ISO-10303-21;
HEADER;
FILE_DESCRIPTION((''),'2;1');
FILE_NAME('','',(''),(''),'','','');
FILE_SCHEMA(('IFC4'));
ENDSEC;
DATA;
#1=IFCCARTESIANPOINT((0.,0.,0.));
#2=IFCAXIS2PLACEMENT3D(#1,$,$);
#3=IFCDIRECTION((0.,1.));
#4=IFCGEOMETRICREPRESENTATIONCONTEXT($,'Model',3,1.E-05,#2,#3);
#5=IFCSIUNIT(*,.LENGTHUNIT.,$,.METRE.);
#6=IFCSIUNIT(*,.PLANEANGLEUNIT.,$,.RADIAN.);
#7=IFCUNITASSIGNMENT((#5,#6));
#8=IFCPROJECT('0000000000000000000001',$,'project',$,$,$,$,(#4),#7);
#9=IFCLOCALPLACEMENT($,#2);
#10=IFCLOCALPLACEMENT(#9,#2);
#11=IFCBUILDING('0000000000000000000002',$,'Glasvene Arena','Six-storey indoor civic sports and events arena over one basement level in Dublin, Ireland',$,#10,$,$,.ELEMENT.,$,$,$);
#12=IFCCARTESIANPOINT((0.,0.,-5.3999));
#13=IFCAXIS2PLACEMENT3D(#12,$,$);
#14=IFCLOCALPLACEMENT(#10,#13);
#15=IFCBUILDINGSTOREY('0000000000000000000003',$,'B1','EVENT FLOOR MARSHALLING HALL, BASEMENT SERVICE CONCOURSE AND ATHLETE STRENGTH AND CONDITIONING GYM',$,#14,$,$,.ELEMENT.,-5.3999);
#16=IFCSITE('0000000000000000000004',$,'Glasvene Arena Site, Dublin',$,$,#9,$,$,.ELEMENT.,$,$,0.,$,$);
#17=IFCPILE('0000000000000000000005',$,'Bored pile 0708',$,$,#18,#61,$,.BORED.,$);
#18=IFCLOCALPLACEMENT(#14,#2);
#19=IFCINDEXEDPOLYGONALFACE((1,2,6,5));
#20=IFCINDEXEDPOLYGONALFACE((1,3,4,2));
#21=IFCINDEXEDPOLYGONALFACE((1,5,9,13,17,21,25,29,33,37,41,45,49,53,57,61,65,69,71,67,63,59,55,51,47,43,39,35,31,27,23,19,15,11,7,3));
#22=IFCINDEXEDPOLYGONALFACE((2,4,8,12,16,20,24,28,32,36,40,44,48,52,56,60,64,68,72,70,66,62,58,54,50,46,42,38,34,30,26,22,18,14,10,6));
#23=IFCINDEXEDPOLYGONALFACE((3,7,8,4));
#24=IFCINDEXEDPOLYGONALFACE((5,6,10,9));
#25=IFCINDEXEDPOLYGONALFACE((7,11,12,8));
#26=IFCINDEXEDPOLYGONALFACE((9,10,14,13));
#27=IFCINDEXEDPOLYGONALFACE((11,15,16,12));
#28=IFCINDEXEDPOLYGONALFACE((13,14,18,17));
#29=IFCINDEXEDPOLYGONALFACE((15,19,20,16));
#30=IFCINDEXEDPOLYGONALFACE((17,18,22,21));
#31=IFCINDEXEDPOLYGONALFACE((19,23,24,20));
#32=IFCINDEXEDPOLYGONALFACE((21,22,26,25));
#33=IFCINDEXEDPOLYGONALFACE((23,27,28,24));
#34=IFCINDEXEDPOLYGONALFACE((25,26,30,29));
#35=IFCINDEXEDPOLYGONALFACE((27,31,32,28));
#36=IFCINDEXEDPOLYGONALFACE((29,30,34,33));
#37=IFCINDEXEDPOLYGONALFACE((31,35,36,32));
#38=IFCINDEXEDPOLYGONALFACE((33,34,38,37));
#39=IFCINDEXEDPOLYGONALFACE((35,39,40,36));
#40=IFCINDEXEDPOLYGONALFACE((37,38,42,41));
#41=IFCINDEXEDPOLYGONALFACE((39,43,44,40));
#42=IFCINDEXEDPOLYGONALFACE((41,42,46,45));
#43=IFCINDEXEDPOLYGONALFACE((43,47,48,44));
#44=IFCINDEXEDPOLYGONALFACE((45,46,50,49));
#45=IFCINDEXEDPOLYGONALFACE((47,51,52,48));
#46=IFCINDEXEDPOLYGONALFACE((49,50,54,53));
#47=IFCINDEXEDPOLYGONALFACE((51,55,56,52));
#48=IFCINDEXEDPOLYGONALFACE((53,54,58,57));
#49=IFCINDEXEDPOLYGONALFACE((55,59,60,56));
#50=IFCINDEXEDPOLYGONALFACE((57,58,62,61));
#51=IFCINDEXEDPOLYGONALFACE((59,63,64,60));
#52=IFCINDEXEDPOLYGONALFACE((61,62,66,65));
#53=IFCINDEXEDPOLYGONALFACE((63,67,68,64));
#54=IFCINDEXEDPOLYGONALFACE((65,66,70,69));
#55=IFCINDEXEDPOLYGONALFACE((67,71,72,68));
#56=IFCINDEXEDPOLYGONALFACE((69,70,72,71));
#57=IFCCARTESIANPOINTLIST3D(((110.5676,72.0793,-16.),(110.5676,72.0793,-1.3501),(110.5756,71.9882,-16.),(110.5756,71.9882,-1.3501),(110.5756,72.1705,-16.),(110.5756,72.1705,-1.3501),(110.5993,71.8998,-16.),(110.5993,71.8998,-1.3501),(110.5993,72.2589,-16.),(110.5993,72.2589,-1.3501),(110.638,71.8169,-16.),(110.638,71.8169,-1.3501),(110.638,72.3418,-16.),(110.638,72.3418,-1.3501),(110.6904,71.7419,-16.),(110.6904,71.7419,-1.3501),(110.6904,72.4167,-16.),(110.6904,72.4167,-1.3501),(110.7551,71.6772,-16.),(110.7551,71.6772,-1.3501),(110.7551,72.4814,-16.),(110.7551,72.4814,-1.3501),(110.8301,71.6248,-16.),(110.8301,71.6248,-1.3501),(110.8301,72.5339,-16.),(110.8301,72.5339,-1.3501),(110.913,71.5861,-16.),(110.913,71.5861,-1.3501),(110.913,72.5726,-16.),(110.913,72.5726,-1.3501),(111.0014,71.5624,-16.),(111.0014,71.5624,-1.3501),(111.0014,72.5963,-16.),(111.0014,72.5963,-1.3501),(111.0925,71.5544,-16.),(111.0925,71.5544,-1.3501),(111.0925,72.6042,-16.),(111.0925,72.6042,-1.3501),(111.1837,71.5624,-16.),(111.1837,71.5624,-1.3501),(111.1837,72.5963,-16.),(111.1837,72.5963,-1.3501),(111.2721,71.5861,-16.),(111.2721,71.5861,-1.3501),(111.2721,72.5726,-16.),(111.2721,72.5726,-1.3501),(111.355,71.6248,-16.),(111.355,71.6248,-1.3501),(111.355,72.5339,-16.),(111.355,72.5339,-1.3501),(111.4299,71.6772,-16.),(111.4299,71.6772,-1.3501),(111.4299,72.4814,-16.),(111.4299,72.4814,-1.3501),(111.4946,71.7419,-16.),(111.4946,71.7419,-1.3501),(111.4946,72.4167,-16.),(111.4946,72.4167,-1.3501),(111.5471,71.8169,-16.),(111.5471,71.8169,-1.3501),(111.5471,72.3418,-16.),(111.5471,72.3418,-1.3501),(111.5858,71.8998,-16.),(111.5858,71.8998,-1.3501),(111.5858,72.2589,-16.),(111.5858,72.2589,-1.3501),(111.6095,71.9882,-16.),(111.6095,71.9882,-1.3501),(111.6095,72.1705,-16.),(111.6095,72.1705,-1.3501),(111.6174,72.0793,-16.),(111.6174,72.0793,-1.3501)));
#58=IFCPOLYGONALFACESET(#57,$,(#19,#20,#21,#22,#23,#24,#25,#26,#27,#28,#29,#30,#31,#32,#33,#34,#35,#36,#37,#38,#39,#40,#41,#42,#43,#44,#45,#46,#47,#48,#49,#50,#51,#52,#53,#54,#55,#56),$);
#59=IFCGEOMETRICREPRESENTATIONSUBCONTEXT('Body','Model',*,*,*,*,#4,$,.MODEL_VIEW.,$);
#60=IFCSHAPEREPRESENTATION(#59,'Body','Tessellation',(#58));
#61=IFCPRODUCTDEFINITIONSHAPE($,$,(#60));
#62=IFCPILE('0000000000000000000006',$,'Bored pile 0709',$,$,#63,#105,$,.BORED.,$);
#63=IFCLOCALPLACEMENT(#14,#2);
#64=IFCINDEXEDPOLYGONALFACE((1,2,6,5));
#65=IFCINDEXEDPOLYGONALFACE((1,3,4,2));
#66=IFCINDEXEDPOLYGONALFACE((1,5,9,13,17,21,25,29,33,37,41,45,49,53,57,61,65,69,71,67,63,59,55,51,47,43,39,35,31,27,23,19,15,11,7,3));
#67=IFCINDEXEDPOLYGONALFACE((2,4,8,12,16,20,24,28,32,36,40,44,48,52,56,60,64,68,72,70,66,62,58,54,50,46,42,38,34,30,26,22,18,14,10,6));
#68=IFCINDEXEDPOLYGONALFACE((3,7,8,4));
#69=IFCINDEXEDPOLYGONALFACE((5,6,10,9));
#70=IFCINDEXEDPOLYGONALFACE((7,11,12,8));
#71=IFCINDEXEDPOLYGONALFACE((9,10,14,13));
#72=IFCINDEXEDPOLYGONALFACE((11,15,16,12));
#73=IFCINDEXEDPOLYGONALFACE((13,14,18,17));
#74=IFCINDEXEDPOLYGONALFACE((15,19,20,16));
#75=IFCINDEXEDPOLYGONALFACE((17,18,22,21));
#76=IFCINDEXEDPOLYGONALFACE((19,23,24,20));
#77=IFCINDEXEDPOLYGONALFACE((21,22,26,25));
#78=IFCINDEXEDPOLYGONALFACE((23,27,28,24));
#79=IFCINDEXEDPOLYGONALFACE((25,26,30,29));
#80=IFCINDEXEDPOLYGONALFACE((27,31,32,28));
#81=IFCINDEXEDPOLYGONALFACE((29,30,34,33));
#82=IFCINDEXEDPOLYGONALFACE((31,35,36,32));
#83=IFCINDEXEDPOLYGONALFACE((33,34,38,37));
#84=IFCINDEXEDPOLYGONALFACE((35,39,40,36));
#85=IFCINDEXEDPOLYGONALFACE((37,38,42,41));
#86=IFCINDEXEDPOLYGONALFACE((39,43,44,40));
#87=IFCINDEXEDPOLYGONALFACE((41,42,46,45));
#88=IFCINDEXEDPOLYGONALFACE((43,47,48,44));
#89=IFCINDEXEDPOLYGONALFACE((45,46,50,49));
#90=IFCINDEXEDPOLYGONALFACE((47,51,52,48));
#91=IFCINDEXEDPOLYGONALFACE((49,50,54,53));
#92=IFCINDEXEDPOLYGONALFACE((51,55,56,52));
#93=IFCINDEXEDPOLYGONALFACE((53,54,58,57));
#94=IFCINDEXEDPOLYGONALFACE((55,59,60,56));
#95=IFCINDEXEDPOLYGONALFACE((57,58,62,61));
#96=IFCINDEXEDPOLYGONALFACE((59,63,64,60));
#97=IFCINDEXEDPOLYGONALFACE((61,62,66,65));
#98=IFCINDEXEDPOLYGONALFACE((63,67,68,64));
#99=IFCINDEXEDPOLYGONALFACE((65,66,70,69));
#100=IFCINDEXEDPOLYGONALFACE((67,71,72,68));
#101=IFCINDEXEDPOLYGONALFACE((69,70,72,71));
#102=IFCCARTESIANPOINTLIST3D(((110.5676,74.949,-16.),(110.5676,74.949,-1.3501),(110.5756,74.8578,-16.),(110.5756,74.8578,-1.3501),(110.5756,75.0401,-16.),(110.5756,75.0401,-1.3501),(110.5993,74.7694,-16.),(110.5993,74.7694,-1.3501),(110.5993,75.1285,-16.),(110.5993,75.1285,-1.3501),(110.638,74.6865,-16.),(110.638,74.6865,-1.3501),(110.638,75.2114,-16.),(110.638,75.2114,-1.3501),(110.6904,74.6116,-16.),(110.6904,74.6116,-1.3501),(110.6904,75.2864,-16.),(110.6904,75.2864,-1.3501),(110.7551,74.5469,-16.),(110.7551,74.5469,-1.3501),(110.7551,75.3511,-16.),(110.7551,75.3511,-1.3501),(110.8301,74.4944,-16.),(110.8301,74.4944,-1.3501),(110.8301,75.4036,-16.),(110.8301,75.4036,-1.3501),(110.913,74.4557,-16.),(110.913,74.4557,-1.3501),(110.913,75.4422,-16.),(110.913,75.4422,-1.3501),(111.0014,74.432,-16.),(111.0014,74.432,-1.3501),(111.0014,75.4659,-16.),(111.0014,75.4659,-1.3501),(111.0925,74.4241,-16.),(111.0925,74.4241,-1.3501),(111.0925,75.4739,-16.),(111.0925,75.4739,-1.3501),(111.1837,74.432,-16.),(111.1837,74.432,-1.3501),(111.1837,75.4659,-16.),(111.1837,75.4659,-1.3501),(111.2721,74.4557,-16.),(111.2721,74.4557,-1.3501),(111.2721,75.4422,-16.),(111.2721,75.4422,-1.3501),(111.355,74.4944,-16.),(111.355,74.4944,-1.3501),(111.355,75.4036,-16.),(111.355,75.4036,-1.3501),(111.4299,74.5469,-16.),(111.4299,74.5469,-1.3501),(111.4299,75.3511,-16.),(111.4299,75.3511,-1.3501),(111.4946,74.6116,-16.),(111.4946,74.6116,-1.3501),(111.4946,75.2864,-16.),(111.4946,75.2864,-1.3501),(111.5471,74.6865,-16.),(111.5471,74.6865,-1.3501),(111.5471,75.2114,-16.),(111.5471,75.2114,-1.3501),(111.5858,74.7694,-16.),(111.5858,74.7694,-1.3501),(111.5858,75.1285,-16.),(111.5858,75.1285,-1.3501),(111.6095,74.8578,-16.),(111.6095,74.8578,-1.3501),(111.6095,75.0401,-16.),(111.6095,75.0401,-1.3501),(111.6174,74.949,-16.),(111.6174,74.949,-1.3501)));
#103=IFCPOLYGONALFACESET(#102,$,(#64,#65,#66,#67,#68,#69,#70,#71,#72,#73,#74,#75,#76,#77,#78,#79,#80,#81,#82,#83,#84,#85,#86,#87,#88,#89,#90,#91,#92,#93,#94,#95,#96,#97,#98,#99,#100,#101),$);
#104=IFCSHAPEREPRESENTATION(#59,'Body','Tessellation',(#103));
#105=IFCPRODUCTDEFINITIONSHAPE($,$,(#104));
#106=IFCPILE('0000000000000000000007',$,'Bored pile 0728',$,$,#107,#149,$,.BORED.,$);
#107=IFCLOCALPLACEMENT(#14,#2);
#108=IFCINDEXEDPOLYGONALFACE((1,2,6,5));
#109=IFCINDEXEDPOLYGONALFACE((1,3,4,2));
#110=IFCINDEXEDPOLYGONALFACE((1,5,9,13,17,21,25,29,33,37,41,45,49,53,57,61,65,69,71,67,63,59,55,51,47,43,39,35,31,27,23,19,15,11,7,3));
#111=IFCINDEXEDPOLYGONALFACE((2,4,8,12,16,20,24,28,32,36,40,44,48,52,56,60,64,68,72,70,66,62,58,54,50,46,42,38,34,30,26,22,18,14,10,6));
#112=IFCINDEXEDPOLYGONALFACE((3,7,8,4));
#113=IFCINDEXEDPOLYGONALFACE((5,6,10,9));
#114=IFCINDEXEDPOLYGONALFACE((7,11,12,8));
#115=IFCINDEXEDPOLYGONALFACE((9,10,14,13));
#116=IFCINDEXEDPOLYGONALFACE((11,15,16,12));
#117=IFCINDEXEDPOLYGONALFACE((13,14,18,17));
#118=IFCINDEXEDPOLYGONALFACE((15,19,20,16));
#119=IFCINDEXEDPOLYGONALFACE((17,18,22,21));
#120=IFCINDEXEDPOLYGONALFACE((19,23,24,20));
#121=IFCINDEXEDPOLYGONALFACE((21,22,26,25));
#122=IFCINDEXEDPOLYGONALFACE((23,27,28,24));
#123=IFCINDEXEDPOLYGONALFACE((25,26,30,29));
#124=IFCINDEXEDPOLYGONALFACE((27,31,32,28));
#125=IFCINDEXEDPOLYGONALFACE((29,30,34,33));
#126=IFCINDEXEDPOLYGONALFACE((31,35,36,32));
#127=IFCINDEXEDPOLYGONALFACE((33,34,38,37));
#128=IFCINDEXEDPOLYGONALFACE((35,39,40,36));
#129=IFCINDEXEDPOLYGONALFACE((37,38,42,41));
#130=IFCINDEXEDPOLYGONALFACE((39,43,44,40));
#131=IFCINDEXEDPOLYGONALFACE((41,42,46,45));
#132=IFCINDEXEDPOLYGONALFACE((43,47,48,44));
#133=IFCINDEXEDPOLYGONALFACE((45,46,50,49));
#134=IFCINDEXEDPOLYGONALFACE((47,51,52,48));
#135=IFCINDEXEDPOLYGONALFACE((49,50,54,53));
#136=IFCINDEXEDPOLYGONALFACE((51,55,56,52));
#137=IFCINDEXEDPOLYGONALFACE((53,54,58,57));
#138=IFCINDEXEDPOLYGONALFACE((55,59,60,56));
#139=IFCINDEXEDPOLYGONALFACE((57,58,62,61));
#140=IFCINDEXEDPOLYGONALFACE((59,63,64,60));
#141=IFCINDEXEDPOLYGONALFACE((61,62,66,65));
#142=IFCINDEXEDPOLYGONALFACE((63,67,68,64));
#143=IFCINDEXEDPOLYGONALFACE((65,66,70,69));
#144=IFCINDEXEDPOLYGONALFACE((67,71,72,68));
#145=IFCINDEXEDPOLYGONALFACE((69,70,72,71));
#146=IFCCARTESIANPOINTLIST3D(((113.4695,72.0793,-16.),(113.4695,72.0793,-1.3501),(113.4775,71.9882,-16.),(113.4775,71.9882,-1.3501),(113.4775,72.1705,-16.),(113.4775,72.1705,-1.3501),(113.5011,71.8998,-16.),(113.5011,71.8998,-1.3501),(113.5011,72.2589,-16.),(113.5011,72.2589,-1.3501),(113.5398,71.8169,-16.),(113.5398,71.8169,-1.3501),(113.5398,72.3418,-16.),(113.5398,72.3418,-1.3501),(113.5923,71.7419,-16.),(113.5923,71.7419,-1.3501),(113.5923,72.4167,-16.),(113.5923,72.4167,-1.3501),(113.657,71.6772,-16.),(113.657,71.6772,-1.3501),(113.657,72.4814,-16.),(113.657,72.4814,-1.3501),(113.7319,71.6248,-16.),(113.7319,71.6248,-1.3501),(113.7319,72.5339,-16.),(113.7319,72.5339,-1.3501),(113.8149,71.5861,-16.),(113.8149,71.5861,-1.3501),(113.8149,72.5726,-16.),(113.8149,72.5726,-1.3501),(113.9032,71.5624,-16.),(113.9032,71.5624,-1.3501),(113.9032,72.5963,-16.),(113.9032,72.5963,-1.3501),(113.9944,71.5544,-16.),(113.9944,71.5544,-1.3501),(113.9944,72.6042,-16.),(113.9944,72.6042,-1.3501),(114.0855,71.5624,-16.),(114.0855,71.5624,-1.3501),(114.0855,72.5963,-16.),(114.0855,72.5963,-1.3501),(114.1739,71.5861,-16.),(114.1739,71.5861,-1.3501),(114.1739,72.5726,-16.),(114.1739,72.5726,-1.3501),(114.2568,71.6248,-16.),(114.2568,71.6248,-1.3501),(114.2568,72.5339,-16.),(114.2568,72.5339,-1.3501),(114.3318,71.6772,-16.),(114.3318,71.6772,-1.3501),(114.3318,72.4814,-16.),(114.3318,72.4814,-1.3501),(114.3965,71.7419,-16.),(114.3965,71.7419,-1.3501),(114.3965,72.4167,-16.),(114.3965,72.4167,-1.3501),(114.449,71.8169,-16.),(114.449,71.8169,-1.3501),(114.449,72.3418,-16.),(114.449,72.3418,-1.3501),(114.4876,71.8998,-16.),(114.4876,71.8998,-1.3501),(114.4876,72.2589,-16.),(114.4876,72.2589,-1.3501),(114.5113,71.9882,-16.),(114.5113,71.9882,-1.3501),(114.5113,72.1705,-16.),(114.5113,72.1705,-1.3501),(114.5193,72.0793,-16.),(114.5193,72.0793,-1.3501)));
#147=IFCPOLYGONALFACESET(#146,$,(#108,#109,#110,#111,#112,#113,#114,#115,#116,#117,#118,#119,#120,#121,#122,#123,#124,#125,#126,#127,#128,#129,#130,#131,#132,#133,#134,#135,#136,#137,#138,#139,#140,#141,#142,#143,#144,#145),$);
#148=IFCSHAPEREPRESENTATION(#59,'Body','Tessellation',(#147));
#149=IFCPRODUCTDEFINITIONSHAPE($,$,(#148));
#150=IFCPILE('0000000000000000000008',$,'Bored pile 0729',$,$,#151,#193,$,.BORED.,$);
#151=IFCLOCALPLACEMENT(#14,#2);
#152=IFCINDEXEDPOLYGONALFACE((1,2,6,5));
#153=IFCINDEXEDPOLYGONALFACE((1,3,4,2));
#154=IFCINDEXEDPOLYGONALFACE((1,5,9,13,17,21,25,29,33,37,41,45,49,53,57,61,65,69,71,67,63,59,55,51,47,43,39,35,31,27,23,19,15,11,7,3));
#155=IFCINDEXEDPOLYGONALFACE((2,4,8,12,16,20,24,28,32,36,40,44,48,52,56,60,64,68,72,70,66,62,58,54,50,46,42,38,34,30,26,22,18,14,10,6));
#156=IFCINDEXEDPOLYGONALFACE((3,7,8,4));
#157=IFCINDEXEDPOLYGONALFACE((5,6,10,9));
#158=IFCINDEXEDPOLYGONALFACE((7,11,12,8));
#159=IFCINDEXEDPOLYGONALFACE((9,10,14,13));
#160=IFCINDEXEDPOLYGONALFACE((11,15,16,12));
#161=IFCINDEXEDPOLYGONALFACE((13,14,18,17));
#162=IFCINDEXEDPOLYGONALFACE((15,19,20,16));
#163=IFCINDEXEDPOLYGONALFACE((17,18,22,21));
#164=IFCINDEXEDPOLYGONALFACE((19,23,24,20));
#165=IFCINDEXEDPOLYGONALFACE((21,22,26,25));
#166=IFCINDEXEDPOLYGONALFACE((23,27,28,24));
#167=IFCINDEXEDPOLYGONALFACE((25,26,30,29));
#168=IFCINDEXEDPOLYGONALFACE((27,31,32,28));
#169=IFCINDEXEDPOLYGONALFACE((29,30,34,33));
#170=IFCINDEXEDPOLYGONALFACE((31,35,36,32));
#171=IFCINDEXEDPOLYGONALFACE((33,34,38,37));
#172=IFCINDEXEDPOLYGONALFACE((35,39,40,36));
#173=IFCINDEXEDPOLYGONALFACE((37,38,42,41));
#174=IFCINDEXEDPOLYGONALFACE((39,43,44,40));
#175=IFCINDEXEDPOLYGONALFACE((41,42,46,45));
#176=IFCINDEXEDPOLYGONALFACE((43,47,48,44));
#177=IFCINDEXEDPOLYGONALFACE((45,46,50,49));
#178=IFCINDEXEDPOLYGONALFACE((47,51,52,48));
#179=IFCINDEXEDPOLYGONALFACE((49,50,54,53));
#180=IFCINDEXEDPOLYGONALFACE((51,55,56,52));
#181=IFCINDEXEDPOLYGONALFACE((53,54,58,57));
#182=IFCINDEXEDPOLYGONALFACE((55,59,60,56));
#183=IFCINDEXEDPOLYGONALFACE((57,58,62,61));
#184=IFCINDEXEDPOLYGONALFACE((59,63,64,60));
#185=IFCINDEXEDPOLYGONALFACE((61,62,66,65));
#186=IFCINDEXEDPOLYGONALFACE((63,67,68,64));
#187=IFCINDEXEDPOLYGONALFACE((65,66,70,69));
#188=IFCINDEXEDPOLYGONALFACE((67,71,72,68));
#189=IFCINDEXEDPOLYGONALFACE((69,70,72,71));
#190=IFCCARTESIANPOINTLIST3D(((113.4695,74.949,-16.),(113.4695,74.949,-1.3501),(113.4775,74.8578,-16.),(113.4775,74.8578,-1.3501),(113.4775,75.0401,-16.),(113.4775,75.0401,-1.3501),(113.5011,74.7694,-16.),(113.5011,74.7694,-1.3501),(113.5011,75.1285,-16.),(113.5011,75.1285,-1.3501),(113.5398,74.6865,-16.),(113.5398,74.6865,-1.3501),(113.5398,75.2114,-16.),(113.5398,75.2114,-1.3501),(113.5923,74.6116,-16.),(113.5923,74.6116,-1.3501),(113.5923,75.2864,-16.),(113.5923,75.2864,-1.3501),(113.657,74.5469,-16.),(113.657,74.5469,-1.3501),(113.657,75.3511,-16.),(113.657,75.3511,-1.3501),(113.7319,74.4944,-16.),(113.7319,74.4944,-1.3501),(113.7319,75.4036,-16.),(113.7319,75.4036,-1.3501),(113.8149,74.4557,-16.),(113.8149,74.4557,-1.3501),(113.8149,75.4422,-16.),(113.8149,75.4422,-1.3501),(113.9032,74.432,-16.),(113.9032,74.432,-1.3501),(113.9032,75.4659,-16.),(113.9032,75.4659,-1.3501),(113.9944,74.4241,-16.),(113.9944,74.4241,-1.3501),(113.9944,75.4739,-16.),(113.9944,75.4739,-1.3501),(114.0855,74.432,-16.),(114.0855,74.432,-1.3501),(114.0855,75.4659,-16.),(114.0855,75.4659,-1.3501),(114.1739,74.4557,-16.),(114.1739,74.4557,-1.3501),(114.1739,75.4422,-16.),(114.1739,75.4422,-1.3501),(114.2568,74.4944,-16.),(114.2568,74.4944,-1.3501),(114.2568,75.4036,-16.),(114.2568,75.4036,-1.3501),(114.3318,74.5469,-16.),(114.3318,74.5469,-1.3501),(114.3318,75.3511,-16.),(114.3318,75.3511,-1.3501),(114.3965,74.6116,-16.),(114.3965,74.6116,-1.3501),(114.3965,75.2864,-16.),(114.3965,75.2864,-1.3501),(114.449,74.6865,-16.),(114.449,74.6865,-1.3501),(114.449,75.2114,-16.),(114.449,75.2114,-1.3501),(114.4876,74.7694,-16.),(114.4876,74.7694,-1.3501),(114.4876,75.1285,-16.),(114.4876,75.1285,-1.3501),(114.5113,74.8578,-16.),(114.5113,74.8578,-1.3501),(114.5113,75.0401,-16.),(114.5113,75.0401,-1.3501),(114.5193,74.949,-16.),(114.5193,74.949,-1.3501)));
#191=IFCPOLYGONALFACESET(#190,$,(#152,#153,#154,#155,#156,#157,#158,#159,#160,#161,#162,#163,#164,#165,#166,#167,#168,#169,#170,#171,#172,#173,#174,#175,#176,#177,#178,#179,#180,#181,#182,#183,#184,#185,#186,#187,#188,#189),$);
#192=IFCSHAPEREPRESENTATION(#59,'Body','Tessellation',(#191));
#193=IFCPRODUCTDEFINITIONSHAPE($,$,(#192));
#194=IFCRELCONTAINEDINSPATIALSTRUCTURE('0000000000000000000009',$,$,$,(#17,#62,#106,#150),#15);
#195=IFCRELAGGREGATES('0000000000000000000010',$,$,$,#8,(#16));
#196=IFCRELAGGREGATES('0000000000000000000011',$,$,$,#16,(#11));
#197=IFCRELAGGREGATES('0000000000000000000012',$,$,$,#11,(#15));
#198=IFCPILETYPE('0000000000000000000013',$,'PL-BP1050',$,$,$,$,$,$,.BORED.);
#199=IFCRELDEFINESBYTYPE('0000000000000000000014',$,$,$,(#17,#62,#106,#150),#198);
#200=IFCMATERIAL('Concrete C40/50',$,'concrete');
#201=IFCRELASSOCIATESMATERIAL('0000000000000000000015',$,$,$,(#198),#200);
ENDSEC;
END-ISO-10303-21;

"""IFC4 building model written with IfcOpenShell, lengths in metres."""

from ifc_helpers import new_model, si_unit, direction, frame, origin, origin_2d, place, context, subcontext, project, spatial, circle, extrude, material, material_profile, profile_set, type_object, element, save


model = new_model("IFC4")

# Units and contexts
model_context = context("Model", 3, precision=1e-05, world=origin(), true_north=direction((0.0, 1.0)))
body_context = subcontext(model_context, "Body", "Model", "MODEL_VIEW")
ifc_project = project(units=[si_unit("LENGTHUNIT", "METRE"), si_unit("PLANEANGLEUNIT", "RADIAN")], contexts=[model_context])

# Site, building, storey
site_placement = place(None, origin())
site = spatial("IfcSite", under=ifc_project, at=site_placement, Name="Glasvene Arena Site, Dublin", CompositionType="ELEMENT", RefElevation=0.0)
building_placement = place(site_placement, origin())
building = spatial("IfcBuilding", under=site, at=building_placement, Name="Glasvene Arena", Description="Six-storey indoor civic sports and events arena over one basement level in Dublin, Ireland", CompositionType="ELEMENT")
storey_placement = place(building_placement, frame((0.0, 0.0, -5.3999)))
storey = spatial("IfcBuildingStorey", under=building, at=storey_placement, Name="B1", Description="EVENT FLOOR MARSHALLING HALL, BASEMENT SERVICE CONCOURSE AND ATHLETE STRENGTH AND CONDITIONING GYM", CompositionType="ELEMENT", Elevation=-5.3999)

# Piles
ifc_material_1 = material(Name="Concrete C40/50", Category="concrete")
ifc_material_profile_1 = material_profile(ifc_material_1, circle(Radius=0.5249, at=origin_2d()), Name="BORED PILE 1050")
ifc_profile_set_1 = profile_set([ifc_material_profile_1], Name="Concrete C40/50")
pile_type = type_object("IfcPileType", Name="PL-BP1050", PredefinedType="BORED", material=ifc_profile_set_1)
for number, where, z_axis, x_axis, name in (
    (1, (111.0925, 72.0793, -1.3501), (0.0, 0.0, -1.0), (1.0, 0.0, 0.0), "Bored pile 0708"),
    (2, (111.0925, 74.949, -1.3501), (0.0, 0.0, -1.0), (1.0, 0.0, 0.0), "Bored pile 0709"),
    (3, (113.9944, 72.0793, -1.3501), (0.0, 0.0, -1.0), (1.0, 0.0, 0.0), "Bored pile 0728"),
    (4, (113.9944, 74.949, -1.3501), (0.0, 0.0, -1.0), (1.0, 0.0, 0.0), "Bored pile 0729"),
):
    element("IfcPile", number, at=place(storey_placement, frame(where, z_axis=z_axis, x_axis=x_axis)), inside=storey, type_object=pile_type, Name=name, PredefinedType="BORED", context=body_context, shape_type="SweptSolid", body=[
        extrude(circle(Radius=0.5249, at=origin_2d()), origin(), (0.0, 0.0, 1.0), 14.6499),
    ])

save(model, "model.ifc")
